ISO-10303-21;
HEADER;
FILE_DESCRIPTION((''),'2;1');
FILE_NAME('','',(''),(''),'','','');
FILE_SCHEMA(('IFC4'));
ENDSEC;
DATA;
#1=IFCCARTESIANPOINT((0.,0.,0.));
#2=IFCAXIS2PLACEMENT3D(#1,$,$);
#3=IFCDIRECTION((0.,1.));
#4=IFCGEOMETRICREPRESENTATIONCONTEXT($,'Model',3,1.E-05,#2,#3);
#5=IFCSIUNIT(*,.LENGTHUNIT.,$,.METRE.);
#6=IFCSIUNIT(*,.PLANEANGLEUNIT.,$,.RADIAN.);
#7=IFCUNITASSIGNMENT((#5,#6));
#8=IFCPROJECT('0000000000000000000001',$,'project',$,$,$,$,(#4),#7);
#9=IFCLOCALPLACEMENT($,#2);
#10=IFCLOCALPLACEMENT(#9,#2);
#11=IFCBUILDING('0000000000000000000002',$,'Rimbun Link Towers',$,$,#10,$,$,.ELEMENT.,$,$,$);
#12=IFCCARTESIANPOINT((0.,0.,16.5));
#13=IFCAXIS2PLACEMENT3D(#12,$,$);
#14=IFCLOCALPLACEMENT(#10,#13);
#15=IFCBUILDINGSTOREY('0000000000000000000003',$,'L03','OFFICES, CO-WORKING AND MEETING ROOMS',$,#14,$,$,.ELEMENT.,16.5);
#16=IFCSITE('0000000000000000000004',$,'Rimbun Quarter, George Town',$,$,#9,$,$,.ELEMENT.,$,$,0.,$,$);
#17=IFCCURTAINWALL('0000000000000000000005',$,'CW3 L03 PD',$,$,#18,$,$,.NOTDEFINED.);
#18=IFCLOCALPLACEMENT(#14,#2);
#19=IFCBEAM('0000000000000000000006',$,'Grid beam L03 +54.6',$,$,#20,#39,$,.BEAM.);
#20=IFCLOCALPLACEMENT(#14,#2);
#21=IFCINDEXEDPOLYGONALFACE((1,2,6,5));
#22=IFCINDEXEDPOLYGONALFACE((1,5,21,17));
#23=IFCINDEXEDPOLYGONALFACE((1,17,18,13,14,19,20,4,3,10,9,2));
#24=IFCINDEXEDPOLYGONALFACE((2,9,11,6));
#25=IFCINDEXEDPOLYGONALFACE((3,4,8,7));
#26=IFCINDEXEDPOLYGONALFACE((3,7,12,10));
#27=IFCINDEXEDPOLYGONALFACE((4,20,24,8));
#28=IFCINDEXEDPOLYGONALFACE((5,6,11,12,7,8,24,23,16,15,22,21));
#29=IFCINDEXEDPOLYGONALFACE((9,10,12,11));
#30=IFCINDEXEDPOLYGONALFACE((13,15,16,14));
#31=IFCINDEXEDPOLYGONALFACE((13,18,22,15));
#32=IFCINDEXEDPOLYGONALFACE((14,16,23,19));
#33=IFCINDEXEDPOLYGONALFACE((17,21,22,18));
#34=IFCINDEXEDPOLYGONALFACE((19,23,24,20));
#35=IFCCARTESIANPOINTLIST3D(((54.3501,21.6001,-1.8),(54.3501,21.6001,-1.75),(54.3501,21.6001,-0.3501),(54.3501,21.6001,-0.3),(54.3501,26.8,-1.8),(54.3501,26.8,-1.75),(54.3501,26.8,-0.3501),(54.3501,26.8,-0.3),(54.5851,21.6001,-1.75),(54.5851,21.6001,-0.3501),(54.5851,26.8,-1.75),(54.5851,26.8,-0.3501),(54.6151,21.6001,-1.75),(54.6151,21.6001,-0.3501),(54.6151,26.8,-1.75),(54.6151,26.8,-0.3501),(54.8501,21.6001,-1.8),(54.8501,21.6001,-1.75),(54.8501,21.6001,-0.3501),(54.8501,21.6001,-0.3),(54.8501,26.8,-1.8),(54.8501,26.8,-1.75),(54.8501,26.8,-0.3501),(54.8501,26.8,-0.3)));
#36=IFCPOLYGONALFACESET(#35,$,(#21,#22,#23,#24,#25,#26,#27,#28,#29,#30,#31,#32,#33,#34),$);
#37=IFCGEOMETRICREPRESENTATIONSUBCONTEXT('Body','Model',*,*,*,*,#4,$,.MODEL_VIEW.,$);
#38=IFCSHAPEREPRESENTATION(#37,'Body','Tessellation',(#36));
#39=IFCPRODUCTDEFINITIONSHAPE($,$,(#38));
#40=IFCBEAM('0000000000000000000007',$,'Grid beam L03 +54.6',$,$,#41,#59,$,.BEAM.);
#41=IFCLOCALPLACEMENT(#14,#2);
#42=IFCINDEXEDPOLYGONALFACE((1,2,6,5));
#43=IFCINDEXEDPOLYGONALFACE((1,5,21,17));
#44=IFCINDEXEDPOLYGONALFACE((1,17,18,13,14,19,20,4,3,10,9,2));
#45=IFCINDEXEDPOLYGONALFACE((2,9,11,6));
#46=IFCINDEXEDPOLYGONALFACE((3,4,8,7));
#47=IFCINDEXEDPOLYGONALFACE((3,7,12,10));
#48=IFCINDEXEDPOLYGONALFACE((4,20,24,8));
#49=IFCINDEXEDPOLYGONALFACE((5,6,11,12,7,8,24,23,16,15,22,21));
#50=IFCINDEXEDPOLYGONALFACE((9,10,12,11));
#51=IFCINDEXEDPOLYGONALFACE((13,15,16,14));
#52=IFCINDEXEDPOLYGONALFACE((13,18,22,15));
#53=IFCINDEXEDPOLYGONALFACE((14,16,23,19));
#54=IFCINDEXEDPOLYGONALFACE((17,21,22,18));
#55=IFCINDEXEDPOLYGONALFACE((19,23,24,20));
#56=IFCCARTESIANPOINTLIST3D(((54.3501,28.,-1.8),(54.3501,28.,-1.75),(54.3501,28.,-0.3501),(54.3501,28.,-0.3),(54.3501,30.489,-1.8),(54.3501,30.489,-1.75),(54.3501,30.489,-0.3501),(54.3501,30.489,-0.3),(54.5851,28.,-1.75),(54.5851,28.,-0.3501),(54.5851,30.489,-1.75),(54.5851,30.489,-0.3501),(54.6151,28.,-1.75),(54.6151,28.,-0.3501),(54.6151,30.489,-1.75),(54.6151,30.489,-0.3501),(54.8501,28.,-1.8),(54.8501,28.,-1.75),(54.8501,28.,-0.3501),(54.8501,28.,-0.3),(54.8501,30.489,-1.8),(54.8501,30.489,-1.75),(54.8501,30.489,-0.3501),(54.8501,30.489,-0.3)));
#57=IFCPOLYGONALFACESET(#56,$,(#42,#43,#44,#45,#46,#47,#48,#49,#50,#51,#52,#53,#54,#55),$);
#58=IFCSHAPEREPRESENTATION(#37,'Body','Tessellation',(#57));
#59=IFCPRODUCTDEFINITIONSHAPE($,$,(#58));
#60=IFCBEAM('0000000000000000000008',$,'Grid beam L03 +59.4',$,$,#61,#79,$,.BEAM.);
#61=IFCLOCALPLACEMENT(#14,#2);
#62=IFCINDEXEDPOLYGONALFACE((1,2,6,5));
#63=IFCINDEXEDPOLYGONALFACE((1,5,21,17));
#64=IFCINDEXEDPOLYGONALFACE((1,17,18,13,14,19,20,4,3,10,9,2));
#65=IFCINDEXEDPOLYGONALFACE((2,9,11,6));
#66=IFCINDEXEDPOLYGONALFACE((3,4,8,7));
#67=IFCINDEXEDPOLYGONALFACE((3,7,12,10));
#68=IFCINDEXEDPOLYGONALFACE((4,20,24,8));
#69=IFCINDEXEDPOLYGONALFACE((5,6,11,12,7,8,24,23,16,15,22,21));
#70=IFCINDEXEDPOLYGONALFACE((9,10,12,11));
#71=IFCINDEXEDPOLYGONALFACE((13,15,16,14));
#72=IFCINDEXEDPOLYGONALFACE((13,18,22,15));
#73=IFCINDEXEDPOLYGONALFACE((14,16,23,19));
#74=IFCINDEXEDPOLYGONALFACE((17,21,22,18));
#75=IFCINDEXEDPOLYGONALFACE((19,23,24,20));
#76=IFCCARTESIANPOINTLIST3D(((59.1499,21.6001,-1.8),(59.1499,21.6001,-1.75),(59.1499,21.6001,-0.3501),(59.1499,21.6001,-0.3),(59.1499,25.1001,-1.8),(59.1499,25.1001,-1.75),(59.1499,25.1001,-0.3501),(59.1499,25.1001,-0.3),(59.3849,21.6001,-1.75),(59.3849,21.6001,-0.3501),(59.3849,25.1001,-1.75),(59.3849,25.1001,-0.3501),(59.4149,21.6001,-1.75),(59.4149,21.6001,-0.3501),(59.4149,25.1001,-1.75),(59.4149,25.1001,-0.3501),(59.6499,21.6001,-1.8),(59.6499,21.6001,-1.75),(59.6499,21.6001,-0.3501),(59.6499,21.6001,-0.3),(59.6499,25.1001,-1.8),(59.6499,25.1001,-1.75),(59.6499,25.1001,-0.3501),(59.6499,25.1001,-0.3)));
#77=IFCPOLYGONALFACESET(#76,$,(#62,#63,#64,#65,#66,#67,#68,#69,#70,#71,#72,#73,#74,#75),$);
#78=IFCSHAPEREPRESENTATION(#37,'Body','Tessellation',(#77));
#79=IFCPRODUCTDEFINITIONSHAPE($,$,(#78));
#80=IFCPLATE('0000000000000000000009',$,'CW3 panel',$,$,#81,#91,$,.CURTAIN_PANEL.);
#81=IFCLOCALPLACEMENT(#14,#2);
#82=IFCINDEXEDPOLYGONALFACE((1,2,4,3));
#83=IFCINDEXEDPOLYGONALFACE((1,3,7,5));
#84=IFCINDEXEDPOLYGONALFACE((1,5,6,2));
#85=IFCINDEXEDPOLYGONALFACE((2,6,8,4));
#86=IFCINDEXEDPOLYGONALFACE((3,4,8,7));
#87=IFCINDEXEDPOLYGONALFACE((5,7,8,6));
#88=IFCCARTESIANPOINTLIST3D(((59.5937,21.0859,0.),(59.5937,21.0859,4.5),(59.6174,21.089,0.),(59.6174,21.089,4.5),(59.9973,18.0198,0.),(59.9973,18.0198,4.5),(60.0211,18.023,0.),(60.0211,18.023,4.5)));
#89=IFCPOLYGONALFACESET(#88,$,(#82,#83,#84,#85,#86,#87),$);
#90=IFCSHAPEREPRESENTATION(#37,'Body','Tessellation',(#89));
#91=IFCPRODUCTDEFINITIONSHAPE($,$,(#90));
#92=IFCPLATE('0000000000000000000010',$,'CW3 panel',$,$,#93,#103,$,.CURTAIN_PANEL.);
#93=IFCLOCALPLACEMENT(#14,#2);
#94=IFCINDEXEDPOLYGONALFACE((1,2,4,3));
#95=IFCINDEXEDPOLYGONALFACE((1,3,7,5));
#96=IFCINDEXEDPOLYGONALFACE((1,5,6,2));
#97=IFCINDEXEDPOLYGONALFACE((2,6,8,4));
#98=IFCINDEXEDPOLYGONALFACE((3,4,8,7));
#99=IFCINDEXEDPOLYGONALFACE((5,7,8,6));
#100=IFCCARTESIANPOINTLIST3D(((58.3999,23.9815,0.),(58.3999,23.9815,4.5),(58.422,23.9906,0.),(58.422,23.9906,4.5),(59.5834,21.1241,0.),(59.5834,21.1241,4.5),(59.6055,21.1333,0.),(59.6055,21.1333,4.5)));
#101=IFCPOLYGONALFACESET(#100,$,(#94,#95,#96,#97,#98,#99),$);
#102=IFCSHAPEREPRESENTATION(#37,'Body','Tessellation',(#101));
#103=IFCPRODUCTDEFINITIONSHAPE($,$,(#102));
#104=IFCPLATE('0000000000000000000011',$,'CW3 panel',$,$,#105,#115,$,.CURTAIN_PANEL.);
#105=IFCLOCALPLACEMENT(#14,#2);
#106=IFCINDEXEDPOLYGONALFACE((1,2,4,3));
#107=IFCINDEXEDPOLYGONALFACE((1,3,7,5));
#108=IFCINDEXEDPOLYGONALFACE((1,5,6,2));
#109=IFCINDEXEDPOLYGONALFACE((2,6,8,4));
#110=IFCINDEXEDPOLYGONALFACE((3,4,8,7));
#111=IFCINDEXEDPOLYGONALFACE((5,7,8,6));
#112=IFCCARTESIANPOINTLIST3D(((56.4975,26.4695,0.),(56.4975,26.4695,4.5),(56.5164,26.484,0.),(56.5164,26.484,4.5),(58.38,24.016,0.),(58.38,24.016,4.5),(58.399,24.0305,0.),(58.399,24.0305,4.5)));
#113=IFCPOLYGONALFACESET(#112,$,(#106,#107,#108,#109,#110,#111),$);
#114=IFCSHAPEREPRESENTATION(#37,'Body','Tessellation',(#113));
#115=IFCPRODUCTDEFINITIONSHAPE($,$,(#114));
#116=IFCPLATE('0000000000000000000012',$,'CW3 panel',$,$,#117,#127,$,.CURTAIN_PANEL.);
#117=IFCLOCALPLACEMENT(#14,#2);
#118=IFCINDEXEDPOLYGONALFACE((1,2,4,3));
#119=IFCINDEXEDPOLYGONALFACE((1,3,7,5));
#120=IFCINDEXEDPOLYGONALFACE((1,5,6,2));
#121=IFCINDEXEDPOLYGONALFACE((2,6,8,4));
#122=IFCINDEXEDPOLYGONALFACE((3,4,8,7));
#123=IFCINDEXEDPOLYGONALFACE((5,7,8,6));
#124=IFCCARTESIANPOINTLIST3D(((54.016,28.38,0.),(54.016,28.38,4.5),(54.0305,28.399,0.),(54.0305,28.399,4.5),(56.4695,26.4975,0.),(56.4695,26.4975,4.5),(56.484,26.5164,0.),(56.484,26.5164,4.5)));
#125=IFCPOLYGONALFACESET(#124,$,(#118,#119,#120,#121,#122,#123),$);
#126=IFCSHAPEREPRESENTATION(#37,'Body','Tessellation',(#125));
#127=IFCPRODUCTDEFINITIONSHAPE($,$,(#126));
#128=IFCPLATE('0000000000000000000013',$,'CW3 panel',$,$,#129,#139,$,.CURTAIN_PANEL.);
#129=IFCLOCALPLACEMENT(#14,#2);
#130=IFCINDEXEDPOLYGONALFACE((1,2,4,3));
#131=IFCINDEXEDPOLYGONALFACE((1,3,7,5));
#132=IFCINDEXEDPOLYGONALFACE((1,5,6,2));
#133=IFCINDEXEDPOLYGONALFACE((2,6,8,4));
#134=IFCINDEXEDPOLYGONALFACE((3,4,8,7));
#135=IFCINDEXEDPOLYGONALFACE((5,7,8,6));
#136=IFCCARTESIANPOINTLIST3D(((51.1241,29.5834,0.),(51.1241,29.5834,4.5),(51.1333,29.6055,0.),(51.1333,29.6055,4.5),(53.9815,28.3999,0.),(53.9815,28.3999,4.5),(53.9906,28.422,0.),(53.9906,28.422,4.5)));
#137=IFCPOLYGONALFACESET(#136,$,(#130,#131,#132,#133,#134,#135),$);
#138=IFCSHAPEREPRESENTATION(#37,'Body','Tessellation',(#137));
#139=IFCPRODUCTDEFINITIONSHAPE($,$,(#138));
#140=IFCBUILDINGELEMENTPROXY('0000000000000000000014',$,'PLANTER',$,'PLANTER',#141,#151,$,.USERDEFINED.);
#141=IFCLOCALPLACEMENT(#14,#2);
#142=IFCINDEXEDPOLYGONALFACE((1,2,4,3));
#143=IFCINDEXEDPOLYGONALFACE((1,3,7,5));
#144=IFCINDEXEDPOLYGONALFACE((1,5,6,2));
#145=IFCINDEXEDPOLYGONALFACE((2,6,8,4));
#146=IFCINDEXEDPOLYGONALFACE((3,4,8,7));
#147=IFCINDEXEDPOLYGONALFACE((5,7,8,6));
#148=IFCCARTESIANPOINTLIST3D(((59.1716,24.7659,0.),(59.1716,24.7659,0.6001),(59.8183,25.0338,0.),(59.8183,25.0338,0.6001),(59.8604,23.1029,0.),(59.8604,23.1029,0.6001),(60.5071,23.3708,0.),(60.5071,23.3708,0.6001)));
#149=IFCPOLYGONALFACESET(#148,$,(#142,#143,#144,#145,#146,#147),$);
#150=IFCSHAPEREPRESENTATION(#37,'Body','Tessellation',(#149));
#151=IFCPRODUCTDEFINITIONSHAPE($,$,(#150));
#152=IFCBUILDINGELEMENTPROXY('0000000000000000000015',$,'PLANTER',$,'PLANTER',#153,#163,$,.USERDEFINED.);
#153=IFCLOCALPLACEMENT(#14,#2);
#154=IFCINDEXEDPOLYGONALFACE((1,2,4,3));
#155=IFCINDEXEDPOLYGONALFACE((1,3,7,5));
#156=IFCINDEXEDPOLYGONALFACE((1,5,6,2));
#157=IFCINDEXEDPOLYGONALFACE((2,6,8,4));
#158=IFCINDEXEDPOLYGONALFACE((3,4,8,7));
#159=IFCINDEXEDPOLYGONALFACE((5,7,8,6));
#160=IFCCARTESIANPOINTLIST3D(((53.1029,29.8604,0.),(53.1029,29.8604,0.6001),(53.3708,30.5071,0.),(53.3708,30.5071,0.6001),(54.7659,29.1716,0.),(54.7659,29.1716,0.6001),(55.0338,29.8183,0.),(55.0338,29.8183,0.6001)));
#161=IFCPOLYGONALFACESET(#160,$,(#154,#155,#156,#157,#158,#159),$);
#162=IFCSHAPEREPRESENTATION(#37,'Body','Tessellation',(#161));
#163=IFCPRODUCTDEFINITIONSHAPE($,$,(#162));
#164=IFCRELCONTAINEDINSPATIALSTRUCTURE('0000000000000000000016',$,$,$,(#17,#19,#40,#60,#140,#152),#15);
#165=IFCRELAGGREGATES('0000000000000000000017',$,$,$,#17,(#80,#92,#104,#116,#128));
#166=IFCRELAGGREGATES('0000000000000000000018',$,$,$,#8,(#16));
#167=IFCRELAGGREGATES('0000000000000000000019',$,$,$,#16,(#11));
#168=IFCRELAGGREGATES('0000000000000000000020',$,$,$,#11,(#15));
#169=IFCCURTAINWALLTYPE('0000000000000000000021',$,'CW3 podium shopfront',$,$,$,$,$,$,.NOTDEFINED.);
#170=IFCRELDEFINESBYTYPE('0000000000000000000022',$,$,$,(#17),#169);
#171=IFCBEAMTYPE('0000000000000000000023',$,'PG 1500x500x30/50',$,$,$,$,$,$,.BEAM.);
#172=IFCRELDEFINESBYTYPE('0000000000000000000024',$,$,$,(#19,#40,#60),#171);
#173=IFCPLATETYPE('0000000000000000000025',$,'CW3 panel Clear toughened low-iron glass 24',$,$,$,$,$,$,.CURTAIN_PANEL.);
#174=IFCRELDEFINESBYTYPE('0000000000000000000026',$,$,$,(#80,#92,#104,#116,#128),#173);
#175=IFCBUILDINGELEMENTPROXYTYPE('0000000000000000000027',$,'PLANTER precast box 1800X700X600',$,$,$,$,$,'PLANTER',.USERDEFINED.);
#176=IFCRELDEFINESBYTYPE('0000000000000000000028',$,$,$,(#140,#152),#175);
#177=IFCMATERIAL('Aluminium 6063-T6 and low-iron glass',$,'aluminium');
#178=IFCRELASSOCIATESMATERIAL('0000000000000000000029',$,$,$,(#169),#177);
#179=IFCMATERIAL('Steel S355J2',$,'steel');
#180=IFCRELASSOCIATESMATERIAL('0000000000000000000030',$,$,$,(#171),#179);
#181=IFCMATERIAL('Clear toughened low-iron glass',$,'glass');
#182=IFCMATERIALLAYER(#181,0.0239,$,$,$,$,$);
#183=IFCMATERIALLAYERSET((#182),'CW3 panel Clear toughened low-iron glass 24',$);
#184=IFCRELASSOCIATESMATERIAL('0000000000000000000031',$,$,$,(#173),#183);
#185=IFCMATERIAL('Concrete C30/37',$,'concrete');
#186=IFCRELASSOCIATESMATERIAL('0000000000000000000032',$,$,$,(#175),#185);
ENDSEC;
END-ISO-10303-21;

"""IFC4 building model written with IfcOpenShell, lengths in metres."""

from ifc_helpers import new_model, si_unit, direction, frame, origin, origin_2d, place, context, subcontext, project, spatial, rectangle, i_section, extrude, material, layer, layer_set, material_profile, profile_set, type_object, element, aggregate, save


model = new_model("IFC4")

# Units and contexts
model_context = context("Model", 3, precision=1e-05, world=origin(), true_north=direction((0.0, 1.0)))
body_context = subcontext(model_context, "Body", "Model", "MODEL_VIEW")
ifc_project = project(units=[si_unit("LENGTHUNIT", "METRE"), si_unit("PLANEANGLEUNIT", "RADIAN")], contexts=[model_context])

# Site, building, storey
site_placement = place(None, origin())
site = spatial("IfcSite", under=ifc_project, at=site_placement, Name="Rimbun Quarter, George Town", CompositionType="ELEMENT", RefElevation=0.0)
building_placement = place(site_placement, origin())
building = spatial("IfcBuilding", under=site, at=building_placement, Name="Rimbun Link Towers", CompositionType="ELEMENT")
storey_placement = place(building_placement, frame((0.0, 0.0, 16.5)))
storey = spatial("IfcBuildingStorey", under=building, at=storey_placement, Name="L03", Description="OFFICES, CO-WORKING AND MEETING ROOMS", CompositionType="ELEMENT", Elevation=16.5)

# Curtain wall
ifc_material_1 = material(Name="Aluminium 6063-T6 and low-iron glass", Category="aluminium")
curtain_wall_type = type_object("IfcCurtainWallType", Name="CW3 podium shopfront", PredefinedType="NOTDEFINED", material=ifc_material_1)
curtain_wall_placement = place(storey_placement, origin())
curtain_wall = element("IfcCurtainWall", 1, at=curtain_wall_placement, inside=storey, type_object=curtain_wall_type, Name="CW3 L03 PD", PredefinedType="NOTDEFINED")

# Beams
ifc_material_2 = material(Name="Steel S355J2", Category="steel")
ifc_material_profile_1 = material_profile(ifc_material_2, i_section(OverallWidth=0.5, OverallDepth=1.5, WebThickness=0.03, FlangeThickness=0.05, at=origin_2d()), Name="PG 1500x500x30/50")
ifc_profile_set_1 = profile_set([ifc_material_profile_1], Name="Steel S355J2")
beam_type = type_object("IfcBeamType", Name="PG 1500x500x30/50", PredefinedType="BEAM", material=ifc_profile_set_1)
beam_1_placement = place(storey_placement, frame((54.6001, 21.6001, -1.05), z_axis=(0.0, 1.0, 0.0), x_axis=(-1.0, 0.0, 0.0)))
element("IfcBeam", 2, at=beam_1_placement, inside=storey, type_object=beam_type, Name="Grid beam L03 +54.6", PredefinedType="BEAM", context=body_context, shape_type="SweptSolid", body=[
    extrude(i_section(OverallWidth=0.5, OverallDepth=1.5, WebThickness=0.03, FlangeThickness=0.05, at=origin_2d()), origin(), (0.0, 0.0, 1.0), 5.2),
])
beam_2_placement = place(storey_placement, frame((54.6001, 28.0, -1.05), z_axis=(0.0, 1.0, 0.0), x_axis=(-1.0, 0.0, 0.0)))
element("IfcBeam", 3, at=beam_2_placement, inside=storey, type_object=beam_type, Name="Grid beam L03 +54.6", PredefinedType="BEAM", context=body_context, shape_type="SweptSolid", body=[
    extrude(i_section(OverallWidth=0.5, OverallDepth=1.5, WebThickness=0.03, FlangeThickness=0.05, at=origin_2d()), origin(), (0.0, 0.0, 1.0), 2.489),
])
beam_3_placement = place(storey_placement, frame((59.3999, 21.6001, -1.05), z_axis=(0.0, 1.0, 0.0), x_axis=(-1.0, 0.0, 0.0)))
element("IfcBeam", 4, at=beam_3_placement, inside=storey, type_object=beam_type, Name="Grid beam L03 +59.4", PredefinedType="BEAM", context=body_context, shape_type="SweptSolid", body=[
    extrude(i_section(OverallWidth=0.5, OverallDepth=1.5, WebThickness=0.03, FlangeThickness=0.05, at=origin_2d()), origin(), (0.0, 0.0, 1.0), 3.5),
])

# Plates
ifc_material_3 = material(Name="Clear toughened low-iron glass", Category="glass")
ifc_layer = layer(ifc_material_3, 0.0239)
ifc_layer_set = layer_set([ifc_layer], Name="CW3 panel Clear toughened low-iron glass 24")
plate_type = type_object("IfcPlateType", Name="CW3 panel Clear toughened low-iron glass 24", PredefinedType="CURTAIN_PANEL", material=ifc_layer_set)
plate_1_placement = place(storey_placement, frame((59.8074, 19.5544, 0.0), z_axis=(0.0, 0.0, 1.0), x_axis=(0.13053, -0.991444, 0.0)))
plate_1 = element("IfcPlate", 5, at=plate_1_placement, type_object=plate_type, Name="CW3 panel", PredefinedType="CURTAIN_PANEL", context=body_context, shape_type="SweptSolid", body=[
    extrude(rectangle(XDim=3.0925, YDim=0.0239, at=origin_2d()), origin(), (0.0, 0.0, 1.0), 4.5),
])
plate_2_placement = place(storey_placement, frame((59.0027, 22.5574, 0.0), z_axis=(0.0, 0.0, 1.0), x_axis=(0.382679, -0.923881, 0.0)))
plate_2 = element("IfcPlate", 6, at=plate_2_placement, type_object=plate_type, Name="CW3 panel", PredefinedType="CURTAIN_PANEL", context=body_context, shape_type="SweptSolid", body=[
    extrude(rectangle(XDim=3.0928, YDim=0.0239, at=origin_2d()), origin(), (0.0, 0.0, 1.0), 4.5),
])
plate_3_placement = place(storey_placement, frame((57.4482, 25.25, 0.0), z_axis=(0.0, 0.0, 1.0), x_axis=(0.608754, -0.793359, 0.0)))
plate_3 = element("IfcPlate", 7, at=plate_3_placement, type_object=plate_type, Name="CW3 panel", PredefinedType="CURTAIN_PANEL", context=body_context, shape_type="SweptSolid", body=[
    extrude(rectangle(XDim=3.0925, YDim=0.0239, at=origin_2d()), origin(), (0.0, 0.0, 1.0), 4.5),
])
plate_4_placement = place(storey_placement, frame((55.25, 27.4482, 0.0), z_axis=(0.0, 0.0, 1.0), x_axis=(0.793359, -0.608754, 0.0)))
plate_4 = element("IfcPlate", 8, at=plate_4_placement, type_object=plate_type, Name="CW3 panel", PredefinedType="CURTAIN_PANEL", context=body_context, shape_type="SweptSolid", body=[
    extrude(rectangle(XDim=3.0925, YDim=0.0239, at=origin_2d()), origin(), (0.0, 0.0, 1.0), 4.5),
])
plate_5_placement = place(storey_placement, frame((52.5574, 29.0027, 0.0), z_axis=(0.0, 0.0, 1.0), x_axis=(0.923881, -0.382679, 0.0)))
plate_5 = element("IfcPlate", 9, at=plate_5_placement, type_object=plate_type, Name="CW3 panel", PredefinedType="CURTAIN_PANEL", context=body_context, shape_type="SweptSolid", body=[
    extrude(rectangle(XDim=3.0928, YDim=0.0239, at=origin_2d()), origin(), (0.0, 0.0, 1.0), 4.5),
])
aggregate(curtain_wall, [plate_1, plate_2, plate_3, plate_4, plate_5])

# Building element proxies
ifc_material_4 = material(Name="Concrete C30/37", Category="concrete")
building_element_proxy_type = type_object("IfcBuildingElementProxyType", Name="PLANTER precast box 1800X700X600", ElementType="PLANTER", PredefinedType="USERDEFINED", material=ifc_material_4)
for number, where, z_axis, x_axis, name in (
    (10, (59.8394, 24.0684, 0.0), (0.0, 0.0, 1.0), (-0.382679, 0.923881, 0.0), "PLANTER"),
    (11, (54.0684, 29.8394, 0.0), (0.0, 0.0, 1.0), (-0.923881, 0.382679, 0.0), "PLANTER"),
):
    element("IfcBuildingElementProxy", number, at=place(storey_placement, frame(where, z_axis=z_axis, x_axis=x_axis)), inside=storey, type_object=building_element_proxy_type, Name=name, ObjectType="PLANTER", PredefinedType="USERDEFINED", context=body_context, shape_type="SweptSolid", body=[
        extrude(rectangle(XDim=1.8, YDim=0.7, at=origin_2d()), origin(), (0.0, 0.0, 1.0), 0.6001),
    ])

save(model, "model.ifc")
